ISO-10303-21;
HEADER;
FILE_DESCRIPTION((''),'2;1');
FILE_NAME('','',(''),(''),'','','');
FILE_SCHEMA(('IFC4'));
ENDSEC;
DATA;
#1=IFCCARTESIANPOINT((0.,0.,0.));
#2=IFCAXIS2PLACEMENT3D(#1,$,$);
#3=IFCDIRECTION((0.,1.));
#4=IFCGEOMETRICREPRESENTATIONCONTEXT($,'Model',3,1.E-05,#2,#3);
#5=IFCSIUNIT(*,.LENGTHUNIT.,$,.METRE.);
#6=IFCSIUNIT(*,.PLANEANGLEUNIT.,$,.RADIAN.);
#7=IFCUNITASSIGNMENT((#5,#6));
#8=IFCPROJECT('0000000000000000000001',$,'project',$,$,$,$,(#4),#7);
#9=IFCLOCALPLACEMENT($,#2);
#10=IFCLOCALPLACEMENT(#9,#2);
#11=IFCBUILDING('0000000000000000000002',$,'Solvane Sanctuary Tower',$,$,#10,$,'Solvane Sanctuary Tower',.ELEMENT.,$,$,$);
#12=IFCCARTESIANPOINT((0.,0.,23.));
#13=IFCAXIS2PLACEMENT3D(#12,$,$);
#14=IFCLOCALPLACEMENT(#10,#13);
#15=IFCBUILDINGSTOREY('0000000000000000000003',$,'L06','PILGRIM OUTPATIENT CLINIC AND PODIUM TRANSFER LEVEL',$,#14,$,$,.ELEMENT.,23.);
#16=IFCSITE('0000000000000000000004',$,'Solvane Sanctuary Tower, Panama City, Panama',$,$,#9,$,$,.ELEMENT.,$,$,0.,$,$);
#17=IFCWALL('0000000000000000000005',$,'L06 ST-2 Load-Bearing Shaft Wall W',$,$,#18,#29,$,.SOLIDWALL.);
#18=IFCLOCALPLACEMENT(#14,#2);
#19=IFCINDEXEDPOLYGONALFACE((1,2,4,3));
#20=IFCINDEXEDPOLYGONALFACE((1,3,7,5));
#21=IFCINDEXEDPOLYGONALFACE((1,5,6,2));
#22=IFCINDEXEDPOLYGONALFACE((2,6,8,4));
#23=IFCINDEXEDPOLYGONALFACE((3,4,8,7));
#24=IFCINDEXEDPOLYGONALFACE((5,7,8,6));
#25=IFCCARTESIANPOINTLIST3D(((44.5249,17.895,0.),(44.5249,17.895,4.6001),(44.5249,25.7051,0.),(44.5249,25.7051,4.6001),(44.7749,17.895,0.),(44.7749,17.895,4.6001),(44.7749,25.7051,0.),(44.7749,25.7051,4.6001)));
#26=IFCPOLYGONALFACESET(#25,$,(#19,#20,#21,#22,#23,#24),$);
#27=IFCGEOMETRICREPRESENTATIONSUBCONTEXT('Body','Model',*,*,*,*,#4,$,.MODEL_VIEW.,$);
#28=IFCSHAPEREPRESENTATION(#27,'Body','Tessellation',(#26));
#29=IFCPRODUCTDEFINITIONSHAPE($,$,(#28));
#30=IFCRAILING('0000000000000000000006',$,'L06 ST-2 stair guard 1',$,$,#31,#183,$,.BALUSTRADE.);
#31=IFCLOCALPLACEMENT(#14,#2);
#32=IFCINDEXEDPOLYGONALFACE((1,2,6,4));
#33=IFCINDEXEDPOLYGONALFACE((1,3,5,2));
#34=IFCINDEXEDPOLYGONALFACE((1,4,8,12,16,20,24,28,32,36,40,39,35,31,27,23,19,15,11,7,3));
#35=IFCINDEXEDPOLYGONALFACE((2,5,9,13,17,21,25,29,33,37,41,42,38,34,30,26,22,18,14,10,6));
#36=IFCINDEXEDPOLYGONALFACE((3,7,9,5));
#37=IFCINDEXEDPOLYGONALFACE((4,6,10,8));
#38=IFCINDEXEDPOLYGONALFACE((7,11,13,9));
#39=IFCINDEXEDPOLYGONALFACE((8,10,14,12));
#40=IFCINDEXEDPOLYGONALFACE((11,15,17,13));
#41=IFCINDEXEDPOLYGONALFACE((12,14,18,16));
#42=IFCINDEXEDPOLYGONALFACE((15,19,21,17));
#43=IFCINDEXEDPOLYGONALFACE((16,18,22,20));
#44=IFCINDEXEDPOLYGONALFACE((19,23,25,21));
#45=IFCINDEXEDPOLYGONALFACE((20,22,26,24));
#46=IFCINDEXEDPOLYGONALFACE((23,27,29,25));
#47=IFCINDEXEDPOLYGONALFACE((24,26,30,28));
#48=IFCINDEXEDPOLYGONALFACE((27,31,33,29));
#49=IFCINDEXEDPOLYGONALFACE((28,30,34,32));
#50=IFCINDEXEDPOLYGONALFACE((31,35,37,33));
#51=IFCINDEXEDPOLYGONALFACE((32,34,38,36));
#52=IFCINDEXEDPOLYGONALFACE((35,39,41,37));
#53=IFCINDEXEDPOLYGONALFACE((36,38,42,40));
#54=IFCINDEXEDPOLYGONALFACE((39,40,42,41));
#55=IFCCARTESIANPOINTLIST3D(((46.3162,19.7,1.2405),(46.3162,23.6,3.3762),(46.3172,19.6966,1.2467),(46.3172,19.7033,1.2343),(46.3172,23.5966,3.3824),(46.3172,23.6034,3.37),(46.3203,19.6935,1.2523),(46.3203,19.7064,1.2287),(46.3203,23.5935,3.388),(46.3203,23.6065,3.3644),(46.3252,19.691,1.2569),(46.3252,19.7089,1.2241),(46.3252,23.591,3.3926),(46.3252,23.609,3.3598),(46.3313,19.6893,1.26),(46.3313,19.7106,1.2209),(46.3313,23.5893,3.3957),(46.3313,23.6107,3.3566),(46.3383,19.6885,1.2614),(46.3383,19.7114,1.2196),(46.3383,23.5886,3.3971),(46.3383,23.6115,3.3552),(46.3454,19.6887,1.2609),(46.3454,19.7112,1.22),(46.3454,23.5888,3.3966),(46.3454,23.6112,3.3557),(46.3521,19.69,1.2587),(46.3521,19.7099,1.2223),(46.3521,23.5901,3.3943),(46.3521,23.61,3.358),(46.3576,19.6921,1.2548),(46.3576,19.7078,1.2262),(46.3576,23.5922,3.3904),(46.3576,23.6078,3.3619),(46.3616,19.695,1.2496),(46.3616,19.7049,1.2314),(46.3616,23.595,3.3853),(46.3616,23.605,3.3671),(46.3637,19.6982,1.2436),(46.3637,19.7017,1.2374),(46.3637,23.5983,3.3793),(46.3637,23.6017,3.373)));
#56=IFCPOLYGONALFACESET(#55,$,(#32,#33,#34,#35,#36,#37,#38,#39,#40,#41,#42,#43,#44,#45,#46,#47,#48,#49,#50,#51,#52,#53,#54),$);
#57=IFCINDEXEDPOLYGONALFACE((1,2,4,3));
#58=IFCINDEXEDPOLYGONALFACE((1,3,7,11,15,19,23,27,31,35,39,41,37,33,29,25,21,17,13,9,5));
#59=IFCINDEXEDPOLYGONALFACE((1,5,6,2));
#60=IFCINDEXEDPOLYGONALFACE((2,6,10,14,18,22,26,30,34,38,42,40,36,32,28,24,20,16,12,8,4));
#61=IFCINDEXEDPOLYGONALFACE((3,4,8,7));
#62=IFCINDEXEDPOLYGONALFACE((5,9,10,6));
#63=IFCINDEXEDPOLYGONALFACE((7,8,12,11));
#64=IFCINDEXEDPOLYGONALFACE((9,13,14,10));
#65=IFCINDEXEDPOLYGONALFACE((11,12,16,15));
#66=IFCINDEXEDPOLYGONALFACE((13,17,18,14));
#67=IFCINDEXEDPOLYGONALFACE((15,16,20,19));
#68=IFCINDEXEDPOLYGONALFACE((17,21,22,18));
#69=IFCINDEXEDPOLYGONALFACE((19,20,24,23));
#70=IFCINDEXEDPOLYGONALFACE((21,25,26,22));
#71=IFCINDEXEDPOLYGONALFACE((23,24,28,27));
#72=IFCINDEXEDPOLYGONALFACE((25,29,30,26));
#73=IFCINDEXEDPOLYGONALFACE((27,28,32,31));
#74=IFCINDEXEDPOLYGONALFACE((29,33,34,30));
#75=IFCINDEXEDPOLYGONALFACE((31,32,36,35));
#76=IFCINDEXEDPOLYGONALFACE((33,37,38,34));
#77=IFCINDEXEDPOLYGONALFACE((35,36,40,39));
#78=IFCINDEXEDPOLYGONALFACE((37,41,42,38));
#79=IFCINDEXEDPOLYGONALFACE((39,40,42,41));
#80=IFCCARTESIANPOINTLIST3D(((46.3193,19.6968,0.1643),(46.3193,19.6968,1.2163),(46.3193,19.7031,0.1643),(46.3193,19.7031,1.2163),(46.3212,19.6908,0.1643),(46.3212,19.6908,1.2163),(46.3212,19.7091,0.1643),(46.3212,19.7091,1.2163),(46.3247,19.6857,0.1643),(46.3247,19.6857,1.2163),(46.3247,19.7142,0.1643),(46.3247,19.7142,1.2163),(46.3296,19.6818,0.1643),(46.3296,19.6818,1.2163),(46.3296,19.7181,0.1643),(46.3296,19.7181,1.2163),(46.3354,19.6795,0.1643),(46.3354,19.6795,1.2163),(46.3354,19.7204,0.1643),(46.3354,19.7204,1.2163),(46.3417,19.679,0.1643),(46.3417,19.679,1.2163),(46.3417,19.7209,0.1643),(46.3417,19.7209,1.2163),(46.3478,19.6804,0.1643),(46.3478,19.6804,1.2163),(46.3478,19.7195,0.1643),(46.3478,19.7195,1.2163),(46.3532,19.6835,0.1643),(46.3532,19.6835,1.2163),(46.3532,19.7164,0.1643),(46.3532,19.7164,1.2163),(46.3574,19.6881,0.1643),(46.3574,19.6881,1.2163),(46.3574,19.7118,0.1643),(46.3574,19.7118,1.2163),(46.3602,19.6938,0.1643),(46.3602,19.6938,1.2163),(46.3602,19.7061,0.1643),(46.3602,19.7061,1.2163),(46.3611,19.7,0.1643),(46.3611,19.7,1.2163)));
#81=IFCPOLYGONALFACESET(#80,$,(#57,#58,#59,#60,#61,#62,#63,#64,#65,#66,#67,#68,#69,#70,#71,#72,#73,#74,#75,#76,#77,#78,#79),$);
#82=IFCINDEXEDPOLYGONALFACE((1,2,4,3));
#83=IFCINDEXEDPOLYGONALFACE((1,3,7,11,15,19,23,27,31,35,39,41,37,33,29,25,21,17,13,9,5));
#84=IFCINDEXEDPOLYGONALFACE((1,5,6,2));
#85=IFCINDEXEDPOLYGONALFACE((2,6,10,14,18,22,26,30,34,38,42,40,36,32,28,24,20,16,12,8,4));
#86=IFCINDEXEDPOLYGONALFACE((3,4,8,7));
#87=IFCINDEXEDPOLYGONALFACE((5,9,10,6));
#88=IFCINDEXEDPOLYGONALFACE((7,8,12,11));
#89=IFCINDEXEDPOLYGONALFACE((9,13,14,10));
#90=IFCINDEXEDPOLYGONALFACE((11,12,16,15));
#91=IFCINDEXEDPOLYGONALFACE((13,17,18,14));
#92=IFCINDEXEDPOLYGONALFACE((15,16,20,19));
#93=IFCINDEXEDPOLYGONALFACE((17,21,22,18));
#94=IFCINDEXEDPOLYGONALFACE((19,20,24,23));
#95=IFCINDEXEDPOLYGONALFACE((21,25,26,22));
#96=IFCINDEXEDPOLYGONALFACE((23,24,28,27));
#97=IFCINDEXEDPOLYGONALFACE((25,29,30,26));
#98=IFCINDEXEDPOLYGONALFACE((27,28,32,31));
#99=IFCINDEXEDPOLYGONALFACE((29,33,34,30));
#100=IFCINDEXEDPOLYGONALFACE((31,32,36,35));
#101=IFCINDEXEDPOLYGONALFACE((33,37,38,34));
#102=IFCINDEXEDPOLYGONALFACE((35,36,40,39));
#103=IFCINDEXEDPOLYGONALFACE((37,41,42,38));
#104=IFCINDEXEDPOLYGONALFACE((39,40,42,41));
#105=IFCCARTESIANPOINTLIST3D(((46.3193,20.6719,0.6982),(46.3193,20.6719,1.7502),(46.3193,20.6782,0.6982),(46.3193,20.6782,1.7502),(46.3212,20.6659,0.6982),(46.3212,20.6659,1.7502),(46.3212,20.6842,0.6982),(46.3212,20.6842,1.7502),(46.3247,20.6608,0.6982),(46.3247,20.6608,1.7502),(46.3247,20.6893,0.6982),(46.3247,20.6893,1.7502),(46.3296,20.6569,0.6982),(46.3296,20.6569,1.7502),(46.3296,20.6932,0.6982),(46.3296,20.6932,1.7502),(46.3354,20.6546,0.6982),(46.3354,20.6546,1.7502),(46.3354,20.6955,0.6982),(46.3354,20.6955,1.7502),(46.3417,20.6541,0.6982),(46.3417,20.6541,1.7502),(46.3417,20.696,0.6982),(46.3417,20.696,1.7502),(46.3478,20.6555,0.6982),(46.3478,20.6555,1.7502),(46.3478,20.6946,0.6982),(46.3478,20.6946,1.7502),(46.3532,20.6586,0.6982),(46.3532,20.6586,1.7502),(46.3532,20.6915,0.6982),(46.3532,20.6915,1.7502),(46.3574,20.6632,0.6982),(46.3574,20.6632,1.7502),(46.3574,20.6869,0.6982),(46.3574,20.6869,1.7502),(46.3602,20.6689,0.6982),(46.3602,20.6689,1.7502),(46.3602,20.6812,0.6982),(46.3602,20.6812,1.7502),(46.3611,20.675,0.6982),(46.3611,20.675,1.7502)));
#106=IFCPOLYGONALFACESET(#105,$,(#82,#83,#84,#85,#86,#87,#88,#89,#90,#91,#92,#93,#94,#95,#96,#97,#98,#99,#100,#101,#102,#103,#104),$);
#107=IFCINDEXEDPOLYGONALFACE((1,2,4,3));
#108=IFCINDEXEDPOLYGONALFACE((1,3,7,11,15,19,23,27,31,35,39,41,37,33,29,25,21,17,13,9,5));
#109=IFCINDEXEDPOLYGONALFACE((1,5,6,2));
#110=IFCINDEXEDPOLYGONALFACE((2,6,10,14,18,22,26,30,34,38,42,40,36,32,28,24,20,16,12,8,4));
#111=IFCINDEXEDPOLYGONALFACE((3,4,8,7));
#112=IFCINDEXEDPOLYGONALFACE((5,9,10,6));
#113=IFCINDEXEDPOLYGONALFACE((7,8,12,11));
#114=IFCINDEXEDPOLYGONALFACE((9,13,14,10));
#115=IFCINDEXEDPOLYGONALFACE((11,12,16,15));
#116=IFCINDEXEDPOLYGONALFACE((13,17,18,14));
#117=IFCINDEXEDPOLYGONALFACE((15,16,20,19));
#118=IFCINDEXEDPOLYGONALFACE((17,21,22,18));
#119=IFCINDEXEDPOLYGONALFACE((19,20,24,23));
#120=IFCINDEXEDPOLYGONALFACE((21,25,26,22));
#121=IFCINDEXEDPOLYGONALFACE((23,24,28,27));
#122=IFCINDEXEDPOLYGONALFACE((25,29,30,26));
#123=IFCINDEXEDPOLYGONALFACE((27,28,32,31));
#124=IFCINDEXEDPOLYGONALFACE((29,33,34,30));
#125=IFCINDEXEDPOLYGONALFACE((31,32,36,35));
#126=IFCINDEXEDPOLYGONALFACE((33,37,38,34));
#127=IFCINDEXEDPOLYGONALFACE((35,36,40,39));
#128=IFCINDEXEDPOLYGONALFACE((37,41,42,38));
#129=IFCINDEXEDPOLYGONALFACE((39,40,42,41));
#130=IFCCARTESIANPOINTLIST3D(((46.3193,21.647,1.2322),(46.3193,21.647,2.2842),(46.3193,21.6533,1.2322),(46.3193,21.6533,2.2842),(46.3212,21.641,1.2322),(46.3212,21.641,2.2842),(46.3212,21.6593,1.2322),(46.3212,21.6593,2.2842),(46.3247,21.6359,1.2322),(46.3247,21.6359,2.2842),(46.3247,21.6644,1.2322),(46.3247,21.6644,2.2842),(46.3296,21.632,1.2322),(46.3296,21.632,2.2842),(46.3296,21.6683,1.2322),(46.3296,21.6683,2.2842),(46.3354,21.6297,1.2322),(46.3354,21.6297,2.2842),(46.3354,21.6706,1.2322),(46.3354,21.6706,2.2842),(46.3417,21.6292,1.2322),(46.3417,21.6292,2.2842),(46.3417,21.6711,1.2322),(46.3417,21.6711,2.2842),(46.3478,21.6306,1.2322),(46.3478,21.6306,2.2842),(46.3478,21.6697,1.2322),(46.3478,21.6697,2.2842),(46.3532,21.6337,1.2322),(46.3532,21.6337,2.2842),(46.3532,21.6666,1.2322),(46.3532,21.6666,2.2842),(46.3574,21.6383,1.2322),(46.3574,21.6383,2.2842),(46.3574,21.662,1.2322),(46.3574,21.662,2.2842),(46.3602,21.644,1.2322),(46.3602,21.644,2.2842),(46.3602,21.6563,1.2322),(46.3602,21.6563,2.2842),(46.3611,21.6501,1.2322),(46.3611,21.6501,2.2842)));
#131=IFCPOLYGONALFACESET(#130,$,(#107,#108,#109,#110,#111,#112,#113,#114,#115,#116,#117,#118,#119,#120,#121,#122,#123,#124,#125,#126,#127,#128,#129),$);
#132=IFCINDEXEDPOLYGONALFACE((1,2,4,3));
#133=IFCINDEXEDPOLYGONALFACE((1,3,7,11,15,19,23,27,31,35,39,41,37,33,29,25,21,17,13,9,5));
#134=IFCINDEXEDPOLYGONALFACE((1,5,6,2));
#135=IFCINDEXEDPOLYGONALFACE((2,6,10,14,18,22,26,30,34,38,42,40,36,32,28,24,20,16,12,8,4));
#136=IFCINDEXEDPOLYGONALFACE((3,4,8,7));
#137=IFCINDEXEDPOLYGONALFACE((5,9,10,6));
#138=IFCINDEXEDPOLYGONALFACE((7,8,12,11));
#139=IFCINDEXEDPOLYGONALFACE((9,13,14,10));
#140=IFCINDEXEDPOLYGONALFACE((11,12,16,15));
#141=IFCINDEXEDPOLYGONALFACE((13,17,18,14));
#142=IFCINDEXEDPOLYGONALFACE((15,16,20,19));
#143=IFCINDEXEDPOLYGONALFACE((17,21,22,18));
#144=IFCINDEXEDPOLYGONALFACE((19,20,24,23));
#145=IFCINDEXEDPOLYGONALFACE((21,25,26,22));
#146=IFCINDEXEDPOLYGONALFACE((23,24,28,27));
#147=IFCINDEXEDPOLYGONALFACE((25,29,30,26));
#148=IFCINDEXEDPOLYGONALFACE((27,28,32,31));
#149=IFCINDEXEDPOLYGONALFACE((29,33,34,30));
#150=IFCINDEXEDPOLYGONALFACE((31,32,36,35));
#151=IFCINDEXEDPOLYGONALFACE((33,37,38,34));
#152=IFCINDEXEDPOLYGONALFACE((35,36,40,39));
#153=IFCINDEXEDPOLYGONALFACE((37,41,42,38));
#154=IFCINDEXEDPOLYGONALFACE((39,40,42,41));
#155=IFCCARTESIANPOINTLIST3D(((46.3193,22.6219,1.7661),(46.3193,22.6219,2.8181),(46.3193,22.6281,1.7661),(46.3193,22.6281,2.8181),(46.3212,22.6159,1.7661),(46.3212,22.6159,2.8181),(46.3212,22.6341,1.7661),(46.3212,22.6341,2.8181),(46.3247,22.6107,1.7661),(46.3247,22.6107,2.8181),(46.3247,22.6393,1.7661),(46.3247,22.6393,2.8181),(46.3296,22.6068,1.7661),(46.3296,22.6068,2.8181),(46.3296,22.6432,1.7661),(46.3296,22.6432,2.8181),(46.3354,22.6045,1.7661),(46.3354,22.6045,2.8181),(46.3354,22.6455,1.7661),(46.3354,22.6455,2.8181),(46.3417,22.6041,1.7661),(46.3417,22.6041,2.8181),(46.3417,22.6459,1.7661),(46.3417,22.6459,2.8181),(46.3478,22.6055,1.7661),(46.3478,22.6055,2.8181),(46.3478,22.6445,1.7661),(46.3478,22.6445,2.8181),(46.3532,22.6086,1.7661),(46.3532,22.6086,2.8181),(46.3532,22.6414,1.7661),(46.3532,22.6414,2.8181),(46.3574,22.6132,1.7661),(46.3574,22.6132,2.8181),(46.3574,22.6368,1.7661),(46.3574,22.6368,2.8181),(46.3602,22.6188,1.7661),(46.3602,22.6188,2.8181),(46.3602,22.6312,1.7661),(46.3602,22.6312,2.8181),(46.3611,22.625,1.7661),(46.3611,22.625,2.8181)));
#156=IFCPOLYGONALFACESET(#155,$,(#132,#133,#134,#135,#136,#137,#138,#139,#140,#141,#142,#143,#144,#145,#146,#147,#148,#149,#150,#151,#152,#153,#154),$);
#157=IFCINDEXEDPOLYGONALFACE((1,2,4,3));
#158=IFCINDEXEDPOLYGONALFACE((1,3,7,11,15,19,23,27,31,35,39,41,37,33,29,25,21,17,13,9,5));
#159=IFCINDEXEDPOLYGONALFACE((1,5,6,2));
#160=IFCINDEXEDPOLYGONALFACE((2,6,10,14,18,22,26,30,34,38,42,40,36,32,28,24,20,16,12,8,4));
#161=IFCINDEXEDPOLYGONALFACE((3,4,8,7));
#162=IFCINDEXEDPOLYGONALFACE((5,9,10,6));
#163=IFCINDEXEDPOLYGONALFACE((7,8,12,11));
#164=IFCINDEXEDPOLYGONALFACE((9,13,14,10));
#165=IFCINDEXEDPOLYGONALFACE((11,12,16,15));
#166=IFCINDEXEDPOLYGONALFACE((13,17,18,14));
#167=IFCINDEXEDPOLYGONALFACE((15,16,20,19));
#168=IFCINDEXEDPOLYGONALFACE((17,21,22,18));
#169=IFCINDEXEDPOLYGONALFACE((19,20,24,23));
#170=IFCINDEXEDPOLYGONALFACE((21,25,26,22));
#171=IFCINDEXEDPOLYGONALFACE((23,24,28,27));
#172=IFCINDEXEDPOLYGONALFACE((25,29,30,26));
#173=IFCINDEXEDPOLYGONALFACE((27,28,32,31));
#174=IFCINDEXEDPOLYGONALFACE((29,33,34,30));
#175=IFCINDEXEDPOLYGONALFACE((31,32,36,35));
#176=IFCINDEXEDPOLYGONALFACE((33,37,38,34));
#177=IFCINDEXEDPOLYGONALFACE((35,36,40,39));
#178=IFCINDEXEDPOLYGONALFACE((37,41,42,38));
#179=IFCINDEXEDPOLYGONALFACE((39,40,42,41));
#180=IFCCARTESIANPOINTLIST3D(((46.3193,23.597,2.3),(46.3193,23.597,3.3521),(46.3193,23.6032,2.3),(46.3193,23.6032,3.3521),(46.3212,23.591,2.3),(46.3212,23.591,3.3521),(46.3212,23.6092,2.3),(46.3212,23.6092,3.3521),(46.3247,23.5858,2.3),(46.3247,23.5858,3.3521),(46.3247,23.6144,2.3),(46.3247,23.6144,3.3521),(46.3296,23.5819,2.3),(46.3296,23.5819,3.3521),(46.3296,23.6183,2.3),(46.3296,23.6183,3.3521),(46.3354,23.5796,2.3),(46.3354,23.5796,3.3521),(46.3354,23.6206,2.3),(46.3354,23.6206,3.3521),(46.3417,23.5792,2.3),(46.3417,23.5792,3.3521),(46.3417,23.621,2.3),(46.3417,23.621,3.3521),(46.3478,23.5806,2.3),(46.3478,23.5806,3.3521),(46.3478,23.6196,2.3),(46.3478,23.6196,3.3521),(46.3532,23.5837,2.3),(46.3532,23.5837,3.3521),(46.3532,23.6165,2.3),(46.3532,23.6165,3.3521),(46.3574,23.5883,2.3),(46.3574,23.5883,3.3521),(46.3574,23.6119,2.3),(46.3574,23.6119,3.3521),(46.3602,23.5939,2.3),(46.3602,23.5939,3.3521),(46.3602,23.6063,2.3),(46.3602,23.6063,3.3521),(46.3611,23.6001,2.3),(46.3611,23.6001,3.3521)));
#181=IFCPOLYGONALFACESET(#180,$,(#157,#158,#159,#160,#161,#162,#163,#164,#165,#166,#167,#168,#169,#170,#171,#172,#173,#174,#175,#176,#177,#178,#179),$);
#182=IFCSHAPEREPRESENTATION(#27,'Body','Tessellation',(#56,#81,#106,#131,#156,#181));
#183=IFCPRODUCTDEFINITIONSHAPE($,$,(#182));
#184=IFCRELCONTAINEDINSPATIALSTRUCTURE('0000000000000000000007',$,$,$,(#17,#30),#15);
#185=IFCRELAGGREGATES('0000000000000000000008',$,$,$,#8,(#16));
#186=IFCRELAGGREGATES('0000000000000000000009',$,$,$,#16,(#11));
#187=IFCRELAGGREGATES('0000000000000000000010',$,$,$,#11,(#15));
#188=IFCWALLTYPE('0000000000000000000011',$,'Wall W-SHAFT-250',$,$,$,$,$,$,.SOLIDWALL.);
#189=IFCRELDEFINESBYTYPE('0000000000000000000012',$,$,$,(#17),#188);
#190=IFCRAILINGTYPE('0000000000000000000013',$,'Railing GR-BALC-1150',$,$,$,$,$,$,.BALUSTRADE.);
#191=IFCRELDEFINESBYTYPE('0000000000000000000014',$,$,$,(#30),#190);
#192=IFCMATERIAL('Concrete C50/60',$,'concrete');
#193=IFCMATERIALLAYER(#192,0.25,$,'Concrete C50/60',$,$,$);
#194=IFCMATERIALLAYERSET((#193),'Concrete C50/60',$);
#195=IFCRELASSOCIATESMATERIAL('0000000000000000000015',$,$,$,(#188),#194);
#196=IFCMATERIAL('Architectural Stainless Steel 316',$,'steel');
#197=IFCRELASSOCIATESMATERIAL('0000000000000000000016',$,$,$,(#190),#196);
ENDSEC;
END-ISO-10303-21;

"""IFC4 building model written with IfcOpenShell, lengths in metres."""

from ifc_helpers import new_model, si_unit, direction, frame, frame_2d, origin, origin_2d, place, context, subcontext, project, spatial, rectangle, circle, extrude, material, layer, layer_set, type_object, element, save


model = new_model("IFC4")

# Units and contexts
model_context = context("Model", 3, precision=1e-05, world=origin(), true_north=direction((0.0, 1.0)))
body_context = subcontext(model_context, "Body", "Model", "MODEL_VIEW")
ifc_project = project(units=[si_unit("LENGTHUNIT", "METRE"), si_unit("PLANEANGLEUNIT", "RADIAN")], contexts=[model_context])

# Site, building, storey
site_placement = place(None, origin())
site = spatial("IfcSite", under=ifc_project, at=site_placement, Name="Solvane Sanctuary Tower, Panama City, Panama", CompositionType="ELEMENT", RefElevation=0.0)
building_placement = place(site_placement, origin())
building = spatial("IfcBuilding", under=site, at=building_placement, Name="Solvane Sanctuary Tower", LongName="Solvane Sanctuary Tower", CompositionType="ELEMENT")
storey_placement = place(building_placement, frame((0.0, 0.0, 23.0)))
storey = spatial("IfcBuildingStorey", under=building, at=storey_placement, Name="L06", Description="PILGRIM OUTPATIENT CLINIC AND PODIUM TRANSFER LEVEL", CompositionType="ELEMENT", Elevation=23.0)

# Shared definitions
ifc_material_1 = material(Name="Concrete C50/60", Category="concrete")
ifc_material_2 = material(Name="Architectural Stainless Steel 316", Category="steel")

# Shared definitions
ifc_layer_1 = layer(ifc_material_1, 0.25, Name="Concrete C50/60")
ifc_layer_set_1 = layer_set([ifc_layer_1], Name="Concrete C50/60")
wall_type_1 = type_object("IfcWallType", Name="Wall W-SHAFT-250", PredefinedType="SOLIDWALL", material=ifc_layer_set_1)

# Wall
wall_1_placement = place(storey_placement, frame((44.6499, 17.895, 0.0), z_axis=(0.0, 0.0, 1.0), x_axis=(0.0, 1.0, 0.0)))
element("IfcWall", 1, at=wall_1_placement, inside=storey, type_object=wall_type_1, Name="L06 ST-2 Load-Bearing Shaft Wall W", PredefinedType="SOLIDWALL", context=body_context, shape_type="SweptSolid", body=[
    extrude(rectangle(XDim=7.8101, YDim=0.25, at=frame_2d((3.905, 0.0))), origin(), (0.0, 0.0, 1.0), 4.6001),
])

# Railing
railing_type = type_object("IfcRailingType", Name="Railing GR-BALC-1150", PredefinedType="BALUSTRADE", material=ifc_material_2)
railing_1_placement = place(storey_placement, frame((46.3401, 19.7, 0.1643)))
element("IfcRailing", 2, at=railing_1_placement, inside=storey, type_object=railing_type, Name="L06 ST-2 stair guard 1", PredefinedType="BALUSTRADE", context=body_context, shape_type="SweptSolid", body=[
    extrude(circle(Radius=0.0239, at=origin_2d()), frame((0.0, 0.0, 1.0762), z_axis=(0.0, 0.877101, 0.480306), x_axis=(-1.0, 0.0, 0.0)), (0.0, 0.0, 1.0), 4.4465),
    extrude(circle(Radius=0.021, at=origin_2d()), origin(), (0.0, 0.0, 1.0), 1.052),
    extrude(circle(Radius=0.021, at=origin_2d()), frame((0.0, 0.9751, 0.5339)), (0.0, 0.0, 1.0), 1.052),
    extrude(circle(Radius=0.021, at=origin_2d()), frame((0.0, 1.9502, 1.0679)), (0.0, 0.0, 1.0), 1.052),
    extrude(circle(Radius=0.021, at=origin_2d()), frame((0.0, 2.925, 1.6018)), (0.0, 0.0, 1.0), 1.052),
    extrude(circle(Radius=0.021, at=origin_2d()), frame((0.0, 3.9001, 2.1357)), (0.0, 0.0, 1.0), 1.052),
])

save(model, "model.ifc")
